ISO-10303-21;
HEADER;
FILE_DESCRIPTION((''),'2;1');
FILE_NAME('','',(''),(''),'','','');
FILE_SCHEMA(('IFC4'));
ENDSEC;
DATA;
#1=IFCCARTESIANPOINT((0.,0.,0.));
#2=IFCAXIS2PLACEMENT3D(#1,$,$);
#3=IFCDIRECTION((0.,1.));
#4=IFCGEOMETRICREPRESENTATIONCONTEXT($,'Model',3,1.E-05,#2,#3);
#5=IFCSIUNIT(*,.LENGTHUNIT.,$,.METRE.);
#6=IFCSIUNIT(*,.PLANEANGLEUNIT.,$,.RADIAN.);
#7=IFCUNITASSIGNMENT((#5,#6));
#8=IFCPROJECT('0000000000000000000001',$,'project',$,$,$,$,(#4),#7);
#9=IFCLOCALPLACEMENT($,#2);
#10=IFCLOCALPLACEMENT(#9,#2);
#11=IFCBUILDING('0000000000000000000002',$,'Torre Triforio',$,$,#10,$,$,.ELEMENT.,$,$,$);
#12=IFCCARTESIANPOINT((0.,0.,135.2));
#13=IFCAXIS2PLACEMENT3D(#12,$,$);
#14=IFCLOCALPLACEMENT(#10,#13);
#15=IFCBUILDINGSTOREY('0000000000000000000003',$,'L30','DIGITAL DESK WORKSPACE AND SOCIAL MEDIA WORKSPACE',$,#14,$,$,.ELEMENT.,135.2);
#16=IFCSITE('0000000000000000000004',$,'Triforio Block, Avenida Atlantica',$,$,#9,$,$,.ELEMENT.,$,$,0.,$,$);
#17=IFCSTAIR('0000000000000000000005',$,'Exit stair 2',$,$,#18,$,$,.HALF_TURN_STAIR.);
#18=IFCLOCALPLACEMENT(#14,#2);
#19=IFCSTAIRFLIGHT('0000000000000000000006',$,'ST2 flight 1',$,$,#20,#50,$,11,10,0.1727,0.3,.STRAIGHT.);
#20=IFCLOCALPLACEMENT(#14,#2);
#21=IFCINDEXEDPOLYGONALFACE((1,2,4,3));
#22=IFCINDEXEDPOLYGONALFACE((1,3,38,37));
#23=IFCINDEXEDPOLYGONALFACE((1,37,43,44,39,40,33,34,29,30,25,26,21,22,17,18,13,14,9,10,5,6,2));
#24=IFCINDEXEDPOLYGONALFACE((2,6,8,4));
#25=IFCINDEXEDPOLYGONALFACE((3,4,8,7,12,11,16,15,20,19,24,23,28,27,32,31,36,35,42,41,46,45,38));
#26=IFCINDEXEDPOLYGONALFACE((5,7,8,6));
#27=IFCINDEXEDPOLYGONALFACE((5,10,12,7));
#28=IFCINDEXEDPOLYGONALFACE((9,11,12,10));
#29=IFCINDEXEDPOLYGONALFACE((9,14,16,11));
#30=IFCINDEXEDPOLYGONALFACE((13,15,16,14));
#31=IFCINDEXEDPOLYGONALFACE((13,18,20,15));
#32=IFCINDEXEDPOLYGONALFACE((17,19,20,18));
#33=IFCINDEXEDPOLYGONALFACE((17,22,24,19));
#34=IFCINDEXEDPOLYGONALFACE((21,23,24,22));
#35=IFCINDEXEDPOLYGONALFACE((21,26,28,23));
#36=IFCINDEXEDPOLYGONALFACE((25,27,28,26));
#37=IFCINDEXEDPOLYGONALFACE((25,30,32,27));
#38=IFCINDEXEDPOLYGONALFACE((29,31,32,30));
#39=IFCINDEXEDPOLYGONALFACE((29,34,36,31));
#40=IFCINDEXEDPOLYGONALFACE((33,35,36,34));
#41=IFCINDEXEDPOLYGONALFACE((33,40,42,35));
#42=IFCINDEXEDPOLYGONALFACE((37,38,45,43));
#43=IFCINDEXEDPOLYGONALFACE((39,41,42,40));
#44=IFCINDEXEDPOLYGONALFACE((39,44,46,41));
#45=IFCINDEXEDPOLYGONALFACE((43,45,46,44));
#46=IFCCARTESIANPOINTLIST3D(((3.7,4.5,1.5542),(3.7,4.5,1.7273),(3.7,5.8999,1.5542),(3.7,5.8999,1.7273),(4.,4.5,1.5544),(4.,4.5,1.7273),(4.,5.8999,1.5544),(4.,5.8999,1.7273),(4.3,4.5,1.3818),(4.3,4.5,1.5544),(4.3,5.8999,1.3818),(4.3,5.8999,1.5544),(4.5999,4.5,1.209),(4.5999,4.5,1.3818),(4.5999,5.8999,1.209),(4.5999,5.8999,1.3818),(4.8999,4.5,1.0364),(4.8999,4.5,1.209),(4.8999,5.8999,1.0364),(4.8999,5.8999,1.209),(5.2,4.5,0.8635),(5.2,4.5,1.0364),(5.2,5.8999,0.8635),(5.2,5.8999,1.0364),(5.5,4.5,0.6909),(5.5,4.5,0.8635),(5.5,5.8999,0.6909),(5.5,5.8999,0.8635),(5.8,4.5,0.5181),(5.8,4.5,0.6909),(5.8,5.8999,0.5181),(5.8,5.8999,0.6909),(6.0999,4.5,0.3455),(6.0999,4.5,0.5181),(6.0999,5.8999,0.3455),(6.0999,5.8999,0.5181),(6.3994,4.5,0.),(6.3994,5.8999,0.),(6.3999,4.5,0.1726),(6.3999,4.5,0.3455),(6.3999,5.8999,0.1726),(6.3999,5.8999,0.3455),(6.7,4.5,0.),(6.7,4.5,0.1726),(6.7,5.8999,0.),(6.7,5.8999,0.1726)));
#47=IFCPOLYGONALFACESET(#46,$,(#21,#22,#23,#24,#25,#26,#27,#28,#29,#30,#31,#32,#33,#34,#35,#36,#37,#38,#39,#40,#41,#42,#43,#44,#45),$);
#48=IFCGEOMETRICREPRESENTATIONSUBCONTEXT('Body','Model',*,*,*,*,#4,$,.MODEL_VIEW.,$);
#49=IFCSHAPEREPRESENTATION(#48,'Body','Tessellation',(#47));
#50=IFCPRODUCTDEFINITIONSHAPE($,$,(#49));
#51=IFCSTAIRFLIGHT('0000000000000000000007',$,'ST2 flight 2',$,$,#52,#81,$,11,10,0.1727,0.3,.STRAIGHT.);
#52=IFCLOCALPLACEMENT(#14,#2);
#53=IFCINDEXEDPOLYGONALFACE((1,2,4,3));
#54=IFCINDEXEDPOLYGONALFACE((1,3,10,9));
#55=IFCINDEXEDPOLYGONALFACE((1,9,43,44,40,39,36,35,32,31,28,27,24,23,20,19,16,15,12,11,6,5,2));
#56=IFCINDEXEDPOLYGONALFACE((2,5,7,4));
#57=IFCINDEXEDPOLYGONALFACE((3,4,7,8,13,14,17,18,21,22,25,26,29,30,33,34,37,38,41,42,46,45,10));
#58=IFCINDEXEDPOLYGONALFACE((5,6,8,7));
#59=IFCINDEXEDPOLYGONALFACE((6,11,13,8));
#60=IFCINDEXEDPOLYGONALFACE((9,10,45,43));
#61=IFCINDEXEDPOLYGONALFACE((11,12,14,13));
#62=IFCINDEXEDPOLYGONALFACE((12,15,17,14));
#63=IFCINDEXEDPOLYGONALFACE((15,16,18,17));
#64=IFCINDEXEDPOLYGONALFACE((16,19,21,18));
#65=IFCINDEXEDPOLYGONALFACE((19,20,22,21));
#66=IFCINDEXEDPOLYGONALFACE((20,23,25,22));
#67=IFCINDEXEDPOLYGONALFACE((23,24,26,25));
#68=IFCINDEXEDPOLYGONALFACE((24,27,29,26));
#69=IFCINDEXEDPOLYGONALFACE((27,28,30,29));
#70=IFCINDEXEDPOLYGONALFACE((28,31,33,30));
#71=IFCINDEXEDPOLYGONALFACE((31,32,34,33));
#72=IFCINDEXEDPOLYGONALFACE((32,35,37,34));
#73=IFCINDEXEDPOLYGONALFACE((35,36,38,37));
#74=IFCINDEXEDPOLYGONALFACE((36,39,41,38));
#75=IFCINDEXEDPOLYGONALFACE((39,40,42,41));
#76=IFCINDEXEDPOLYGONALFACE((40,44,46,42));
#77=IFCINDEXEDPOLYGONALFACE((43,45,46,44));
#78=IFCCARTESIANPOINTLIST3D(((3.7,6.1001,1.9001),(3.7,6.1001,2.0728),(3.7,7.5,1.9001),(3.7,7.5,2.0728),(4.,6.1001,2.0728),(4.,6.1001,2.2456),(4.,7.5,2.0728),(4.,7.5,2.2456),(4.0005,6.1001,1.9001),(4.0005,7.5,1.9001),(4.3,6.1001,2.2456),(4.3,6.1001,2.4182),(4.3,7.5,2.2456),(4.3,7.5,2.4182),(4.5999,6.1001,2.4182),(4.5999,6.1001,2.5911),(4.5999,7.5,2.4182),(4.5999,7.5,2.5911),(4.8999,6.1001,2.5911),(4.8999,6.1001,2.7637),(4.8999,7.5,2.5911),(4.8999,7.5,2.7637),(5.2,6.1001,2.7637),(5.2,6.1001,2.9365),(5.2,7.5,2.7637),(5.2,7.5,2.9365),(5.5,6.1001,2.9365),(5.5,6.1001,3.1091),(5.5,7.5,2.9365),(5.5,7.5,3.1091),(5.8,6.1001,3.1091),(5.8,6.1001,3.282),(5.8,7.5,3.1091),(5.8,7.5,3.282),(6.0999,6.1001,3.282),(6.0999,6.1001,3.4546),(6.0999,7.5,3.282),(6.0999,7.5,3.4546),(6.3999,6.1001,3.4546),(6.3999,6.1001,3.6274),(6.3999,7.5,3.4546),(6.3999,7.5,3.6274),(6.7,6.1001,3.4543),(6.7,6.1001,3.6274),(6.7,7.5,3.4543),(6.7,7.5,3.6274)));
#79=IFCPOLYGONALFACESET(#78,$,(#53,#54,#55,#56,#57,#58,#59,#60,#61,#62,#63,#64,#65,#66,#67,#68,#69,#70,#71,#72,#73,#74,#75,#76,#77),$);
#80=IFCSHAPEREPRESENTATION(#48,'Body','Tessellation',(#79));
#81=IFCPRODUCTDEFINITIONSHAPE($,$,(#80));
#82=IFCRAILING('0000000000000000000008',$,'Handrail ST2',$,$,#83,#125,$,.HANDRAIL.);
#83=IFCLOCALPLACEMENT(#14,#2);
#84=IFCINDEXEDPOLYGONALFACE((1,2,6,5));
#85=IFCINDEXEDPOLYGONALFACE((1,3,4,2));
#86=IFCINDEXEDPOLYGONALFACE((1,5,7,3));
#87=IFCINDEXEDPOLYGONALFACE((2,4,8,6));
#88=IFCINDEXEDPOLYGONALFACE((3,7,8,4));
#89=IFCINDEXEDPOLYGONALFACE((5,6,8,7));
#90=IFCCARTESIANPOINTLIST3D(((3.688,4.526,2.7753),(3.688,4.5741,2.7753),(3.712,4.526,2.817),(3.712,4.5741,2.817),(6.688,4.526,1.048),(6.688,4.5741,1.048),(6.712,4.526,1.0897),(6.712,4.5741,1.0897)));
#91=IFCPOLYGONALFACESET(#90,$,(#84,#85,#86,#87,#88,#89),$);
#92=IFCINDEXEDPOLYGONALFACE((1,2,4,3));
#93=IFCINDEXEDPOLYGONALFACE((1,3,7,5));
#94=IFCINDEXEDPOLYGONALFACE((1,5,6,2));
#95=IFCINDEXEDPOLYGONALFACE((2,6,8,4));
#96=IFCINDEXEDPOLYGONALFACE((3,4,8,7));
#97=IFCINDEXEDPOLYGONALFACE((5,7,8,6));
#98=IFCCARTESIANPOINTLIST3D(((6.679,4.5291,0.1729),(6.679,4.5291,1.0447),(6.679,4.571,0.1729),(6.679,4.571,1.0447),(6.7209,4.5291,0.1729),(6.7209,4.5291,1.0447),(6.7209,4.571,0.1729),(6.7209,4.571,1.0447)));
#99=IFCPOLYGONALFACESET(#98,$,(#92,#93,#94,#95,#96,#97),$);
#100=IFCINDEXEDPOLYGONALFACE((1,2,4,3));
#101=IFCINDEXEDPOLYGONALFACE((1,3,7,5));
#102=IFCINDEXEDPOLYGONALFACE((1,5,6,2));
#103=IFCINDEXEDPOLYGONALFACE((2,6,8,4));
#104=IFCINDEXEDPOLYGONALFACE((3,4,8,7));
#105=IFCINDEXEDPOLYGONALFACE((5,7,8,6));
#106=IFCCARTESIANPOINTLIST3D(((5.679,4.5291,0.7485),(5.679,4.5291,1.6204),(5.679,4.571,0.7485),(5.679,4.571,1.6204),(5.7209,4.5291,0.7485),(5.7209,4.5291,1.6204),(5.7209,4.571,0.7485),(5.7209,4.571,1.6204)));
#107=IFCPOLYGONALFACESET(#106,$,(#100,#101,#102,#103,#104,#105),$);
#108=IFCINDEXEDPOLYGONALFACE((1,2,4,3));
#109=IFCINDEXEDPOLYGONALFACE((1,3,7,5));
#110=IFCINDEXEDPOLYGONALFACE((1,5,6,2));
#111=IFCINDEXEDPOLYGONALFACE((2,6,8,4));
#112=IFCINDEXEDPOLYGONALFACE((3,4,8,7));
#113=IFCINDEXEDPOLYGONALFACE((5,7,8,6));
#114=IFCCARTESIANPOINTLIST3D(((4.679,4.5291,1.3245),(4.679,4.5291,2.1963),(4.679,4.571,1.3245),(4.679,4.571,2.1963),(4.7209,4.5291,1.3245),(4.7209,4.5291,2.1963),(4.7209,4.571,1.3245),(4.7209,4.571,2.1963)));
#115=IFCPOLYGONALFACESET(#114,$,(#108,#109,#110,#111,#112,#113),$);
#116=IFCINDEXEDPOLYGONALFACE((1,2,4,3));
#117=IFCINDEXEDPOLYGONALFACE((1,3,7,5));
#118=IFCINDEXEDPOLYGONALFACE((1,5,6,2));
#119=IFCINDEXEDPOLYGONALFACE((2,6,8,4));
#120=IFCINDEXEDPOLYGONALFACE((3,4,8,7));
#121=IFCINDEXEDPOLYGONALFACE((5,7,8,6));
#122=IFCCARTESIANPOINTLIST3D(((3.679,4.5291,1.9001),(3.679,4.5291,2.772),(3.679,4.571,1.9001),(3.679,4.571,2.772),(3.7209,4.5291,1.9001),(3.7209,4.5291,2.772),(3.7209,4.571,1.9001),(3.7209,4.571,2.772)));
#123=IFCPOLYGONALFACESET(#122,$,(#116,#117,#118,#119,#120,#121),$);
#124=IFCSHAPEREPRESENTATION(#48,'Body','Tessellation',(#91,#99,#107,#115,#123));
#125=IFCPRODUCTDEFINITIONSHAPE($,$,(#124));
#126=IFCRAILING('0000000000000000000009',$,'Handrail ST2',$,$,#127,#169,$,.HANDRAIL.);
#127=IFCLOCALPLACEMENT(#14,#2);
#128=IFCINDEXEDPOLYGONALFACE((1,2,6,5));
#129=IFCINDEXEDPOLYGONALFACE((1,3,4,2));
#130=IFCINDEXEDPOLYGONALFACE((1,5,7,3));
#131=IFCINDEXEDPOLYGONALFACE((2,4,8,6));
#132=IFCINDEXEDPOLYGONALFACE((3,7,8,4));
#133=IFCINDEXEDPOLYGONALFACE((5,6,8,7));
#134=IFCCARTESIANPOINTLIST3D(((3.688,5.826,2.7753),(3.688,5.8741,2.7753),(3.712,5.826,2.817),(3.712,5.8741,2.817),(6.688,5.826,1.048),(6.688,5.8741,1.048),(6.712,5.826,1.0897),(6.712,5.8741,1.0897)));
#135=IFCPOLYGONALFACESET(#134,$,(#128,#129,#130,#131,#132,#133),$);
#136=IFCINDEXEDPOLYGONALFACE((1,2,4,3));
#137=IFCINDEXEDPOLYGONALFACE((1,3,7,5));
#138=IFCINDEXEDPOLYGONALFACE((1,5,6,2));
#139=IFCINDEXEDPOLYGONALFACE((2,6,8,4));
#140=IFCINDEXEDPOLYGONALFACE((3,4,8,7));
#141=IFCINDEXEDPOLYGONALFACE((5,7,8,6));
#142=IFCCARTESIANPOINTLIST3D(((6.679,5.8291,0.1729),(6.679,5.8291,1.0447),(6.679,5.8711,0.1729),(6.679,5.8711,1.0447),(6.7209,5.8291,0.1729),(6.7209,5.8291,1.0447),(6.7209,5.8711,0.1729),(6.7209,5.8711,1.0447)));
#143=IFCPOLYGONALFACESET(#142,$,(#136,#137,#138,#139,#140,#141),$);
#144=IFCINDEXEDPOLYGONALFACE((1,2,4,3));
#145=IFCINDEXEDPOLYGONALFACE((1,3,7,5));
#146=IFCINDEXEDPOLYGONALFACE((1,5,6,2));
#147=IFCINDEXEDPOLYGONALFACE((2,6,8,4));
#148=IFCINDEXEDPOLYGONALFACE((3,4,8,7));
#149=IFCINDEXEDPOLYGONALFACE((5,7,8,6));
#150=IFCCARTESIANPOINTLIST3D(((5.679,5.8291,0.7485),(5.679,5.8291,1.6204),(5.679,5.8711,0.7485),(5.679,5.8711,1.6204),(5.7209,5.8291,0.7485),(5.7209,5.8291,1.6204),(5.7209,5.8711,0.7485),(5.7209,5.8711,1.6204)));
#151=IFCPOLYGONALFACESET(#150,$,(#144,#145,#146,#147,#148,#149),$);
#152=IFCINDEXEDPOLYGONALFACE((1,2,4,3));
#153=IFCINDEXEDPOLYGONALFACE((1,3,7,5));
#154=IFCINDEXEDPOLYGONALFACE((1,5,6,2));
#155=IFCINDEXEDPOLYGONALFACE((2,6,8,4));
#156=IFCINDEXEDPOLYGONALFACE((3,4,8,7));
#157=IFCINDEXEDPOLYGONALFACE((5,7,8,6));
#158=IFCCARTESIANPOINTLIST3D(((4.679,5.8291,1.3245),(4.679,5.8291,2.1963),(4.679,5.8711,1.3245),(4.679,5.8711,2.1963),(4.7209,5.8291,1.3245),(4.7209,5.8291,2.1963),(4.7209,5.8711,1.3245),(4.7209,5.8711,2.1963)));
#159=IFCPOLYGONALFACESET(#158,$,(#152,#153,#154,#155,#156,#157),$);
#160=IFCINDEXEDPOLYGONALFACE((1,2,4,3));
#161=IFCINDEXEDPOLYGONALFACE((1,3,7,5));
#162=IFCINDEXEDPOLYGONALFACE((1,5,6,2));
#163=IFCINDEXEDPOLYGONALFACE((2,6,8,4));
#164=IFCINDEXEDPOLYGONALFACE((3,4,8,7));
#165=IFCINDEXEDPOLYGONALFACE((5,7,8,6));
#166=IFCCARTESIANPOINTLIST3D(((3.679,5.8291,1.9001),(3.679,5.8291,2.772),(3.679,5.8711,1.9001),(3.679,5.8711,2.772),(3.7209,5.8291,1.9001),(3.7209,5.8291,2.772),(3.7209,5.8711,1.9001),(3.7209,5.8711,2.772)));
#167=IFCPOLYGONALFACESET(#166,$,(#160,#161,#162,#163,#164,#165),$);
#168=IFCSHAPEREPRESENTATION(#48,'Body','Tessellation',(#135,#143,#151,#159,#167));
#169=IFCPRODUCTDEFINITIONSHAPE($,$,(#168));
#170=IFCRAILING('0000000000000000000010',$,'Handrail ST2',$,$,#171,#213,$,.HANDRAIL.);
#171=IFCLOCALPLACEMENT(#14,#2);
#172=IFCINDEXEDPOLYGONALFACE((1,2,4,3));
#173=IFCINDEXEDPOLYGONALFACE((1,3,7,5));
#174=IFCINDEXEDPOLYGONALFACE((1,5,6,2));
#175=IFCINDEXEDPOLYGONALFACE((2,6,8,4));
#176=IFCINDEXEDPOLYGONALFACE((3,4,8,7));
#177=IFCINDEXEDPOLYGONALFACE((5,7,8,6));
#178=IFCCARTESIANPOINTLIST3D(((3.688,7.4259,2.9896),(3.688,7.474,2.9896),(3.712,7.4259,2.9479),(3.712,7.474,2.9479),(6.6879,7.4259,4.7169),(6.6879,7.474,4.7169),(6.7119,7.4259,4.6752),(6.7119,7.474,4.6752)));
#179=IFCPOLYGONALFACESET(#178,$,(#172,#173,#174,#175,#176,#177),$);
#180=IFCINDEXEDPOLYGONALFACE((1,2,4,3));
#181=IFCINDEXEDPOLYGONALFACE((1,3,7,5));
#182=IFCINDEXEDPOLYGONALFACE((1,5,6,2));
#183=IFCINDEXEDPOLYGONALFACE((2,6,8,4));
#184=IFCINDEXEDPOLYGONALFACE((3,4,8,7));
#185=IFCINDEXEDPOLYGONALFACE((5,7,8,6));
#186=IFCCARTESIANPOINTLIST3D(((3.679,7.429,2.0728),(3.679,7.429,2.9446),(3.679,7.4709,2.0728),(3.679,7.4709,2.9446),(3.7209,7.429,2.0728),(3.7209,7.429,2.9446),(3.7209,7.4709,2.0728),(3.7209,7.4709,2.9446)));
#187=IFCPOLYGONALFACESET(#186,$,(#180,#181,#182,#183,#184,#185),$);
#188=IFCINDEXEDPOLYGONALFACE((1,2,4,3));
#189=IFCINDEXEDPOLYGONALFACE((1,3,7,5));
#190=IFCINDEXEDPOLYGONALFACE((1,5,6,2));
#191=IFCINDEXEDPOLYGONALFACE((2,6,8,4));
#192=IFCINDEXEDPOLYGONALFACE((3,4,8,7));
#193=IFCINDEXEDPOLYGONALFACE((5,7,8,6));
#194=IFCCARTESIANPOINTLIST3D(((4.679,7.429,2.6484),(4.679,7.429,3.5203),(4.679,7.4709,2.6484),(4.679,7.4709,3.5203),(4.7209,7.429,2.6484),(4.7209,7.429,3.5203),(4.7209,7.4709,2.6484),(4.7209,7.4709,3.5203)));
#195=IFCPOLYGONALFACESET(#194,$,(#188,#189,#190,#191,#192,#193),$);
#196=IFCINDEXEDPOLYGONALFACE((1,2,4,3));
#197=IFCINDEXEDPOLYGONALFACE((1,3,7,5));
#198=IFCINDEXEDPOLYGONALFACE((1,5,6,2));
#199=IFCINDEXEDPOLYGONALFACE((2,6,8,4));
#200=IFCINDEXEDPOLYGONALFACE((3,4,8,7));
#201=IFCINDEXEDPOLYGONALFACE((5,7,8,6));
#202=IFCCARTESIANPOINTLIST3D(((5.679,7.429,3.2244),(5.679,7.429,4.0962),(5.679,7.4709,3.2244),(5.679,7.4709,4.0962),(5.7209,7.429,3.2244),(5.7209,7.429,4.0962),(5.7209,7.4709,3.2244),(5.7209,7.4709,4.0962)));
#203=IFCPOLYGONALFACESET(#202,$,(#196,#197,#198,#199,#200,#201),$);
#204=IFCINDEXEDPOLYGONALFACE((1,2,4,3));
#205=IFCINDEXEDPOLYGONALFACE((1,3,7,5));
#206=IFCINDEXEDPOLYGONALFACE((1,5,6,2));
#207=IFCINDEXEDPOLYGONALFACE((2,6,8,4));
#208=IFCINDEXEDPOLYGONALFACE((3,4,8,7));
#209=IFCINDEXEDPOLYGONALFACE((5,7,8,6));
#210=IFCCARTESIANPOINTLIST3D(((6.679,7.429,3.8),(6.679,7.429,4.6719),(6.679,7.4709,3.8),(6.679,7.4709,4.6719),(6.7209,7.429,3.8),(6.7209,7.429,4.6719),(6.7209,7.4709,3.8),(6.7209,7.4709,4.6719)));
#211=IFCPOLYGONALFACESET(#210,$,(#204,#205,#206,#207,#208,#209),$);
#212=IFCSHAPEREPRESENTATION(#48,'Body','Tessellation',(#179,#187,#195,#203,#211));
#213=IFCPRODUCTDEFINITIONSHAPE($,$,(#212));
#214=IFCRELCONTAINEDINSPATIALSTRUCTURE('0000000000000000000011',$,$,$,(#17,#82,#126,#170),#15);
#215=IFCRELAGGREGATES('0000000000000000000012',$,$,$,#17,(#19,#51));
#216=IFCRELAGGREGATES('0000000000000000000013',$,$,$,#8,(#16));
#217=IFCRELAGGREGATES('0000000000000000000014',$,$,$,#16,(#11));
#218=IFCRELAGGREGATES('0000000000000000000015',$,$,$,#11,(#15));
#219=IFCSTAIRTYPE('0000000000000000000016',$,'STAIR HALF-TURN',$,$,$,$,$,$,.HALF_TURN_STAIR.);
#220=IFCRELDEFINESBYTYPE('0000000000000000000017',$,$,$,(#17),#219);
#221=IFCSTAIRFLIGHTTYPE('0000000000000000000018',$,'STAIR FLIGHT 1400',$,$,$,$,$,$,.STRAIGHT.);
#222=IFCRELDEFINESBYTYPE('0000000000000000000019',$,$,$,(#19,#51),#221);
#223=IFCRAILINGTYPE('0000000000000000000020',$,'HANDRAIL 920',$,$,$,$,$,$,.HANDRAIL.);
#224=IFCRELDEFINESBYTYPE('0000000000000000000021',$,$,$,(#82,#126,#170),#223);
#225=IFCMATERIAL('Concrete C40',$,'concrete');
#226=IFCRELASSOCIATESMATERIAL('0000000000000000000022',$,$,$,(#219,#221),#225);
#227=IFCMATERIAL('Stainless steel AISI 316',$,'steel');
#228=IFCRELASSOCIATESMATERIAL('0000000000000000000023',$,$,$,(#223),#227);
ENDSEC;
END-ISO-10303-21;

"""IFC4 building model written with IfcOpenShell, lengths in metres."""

from ifc_helpers import new_model, si_unit, direction, frame, origin, origin_2d, place, context, subcontext, project, spatial, polyline, rectangle, outline, extrude, material, type_object, element, aggregate, save


model = new_model("IFC4")

# Units and contexts
model_context = context("Model", 3, precision=1e-05, world=origin(), true_north=direction((0.0, 1.0)))
body_context = subcontext(model_context, "Body", "Model", "MODEL_VIEW")
ifc_project = project(units=[si_unit("LENGTHUNIT", "METRE"), si_unit("PLANEANGLEUNIT", "RADIAN")], contexts=[model_context])

# Site, building, storey
site_placement = place(None, origin())
site = spatial("IfcSite", under=ifc_project, at=site_placement, Name="Triforio Block, Avenida Atlantica", CompositionType="ELEMENT", RefElevation=0.0)
building_placement = place(site_placement, origin())
building = spatial("IfcBuilding", under=site, at=building_placement, Name="Torre Triforio", CompositionType="ELEMENT")
storey_placement = place(building_placement, frame((0.0, 0.0, 135.2)))
storey = spatial("IfcBuildingStorey", under=building, at=storey_placement, Name="L30", Description="DIGITAL DESK WORKSPACE AND SOCIAL MEDIA WORKSPACE", CompositionType="ELEMENT", Elevation=135.2)

# Stair, stair flights
ifc_material_1 = material(Name="Concrete C40", Category="concrete")
stair_type = type_object("IfcStairType", Name="STAIR HALF-TURN", PredefinedType="HALF_TURN_STAIR", material=ifc_material_1)
stair_placement = place(storey_placement, origin())
stair = element("IfcStair", 1, at=stair_placement, inside=storey, type_object=stair_type, Name="Exit stair 2", PredefinedType="HALF_TURN_STAIR")
stair_flight_type = type_object("IfcStairFlightType", Name="STAIR FLIGHT 1400", PredefinedType="STRAIGHT", material=ifc_material_1)
stair_flight_1_placement = place(storey_placement, frame((6.7, 5.2, 0.0), z_axis=(0.0, 0.0, 1.0), x_axis=(-1.0, 0.0, 0.0)))
stair_flight_1 = element("IfcStairFlight", 2, at=stair_flight_1_placement, type_object=stair_flight_type, Name="ST2 flight 1", NumberOfRisers=11, NumberOfTreads=10, PredefinedType="STRAIGHT", RiserHeight=0.1727, TreadLength=0.3, context=body_context, shape_type="SweptSolid", body=[
    extrude(outline(polyline([(0.0, 0.0), (0.0, 0.1726), (0.3, 0.1726), (0.3, 0.3455), (0.6001, 0.3455), (0.6001, 0.5181), (0.8999, 0.5181), (0.8999, 0.6909), (1.2, 0.6909), (1.2, 0.8635), (1.5, 0.8635), (1.5, 1.0364), (1.8, 1.0364), (1.8, 1.209), (2.1001, 1.209), (2.1001, 1.3818), (2.3999, 1.3818), (2.3999, 1.5544), (2.7, 1.5544), (2.7, 1.7273), (3.0, 1.7273), (3.0, 1.8999), (3.0, 1.5542), (0.3005, 0.0), (0.0, 0.0)])), frame((0.0, 0.7, 0.0), z_axis=(0.0, -1.0, 0.0), x_axis=(1.0, 0.0, 0.0)), (0.0, 0.0, 1.0), 1.3999),
])
stair_flight_2_placement = place(storey_placement, frame((3.7, 6.8, 1.9001), z_axis=(0.0, 0.0, 1.0), x_axis=(1.0, 0.0, 0.0)))
stair_flight_2 = element("IfcStairFlight", 3, at=stair_flight_2_placement, type_object=stair_flight_type, Name="ST2 flight 2", NumberOfRisers=11, NumberOfTreads=10, PredefinedType="STRAIGHT", RiserHeight=0.1727, TreadLength=0.3, context=body_context, shape_type="SweptSolid", body=[
    extrude(outline(polyline([(0.0, 0.0), (0.0, 0.1726), (0.3, 0.1726), (0.3, 0.3455), (0.6001, 0.3455), (0.6001, 0.5181), (0.8999, 0.5181), (0.8999, 0.6909), (1.2, 0.6909), (1.2, 0.8635), (1.5, 0.8635), (1.5, 1.0364), (1.8, 1.0364), (1.8, 1.209), (2.1001, 1.209), (2.1001, 1.3818), (2.3999, 1.3818), (2.3999, 1.5544), (2.7, 1.5544), (2.7, 1.7273), (3.0, 1.7273), (3.0, 1.8999), (3.0, 1.5542), (0.3005, 0.0), (0.0, 0.0)])), frame((0.0, 0.7, 0.0), z_axis=(0.0, -1.0, 0.0), x_axis=(1.0, 0.0, 0.0)), (0.0, 0.0, 1.0), 1.3999),
])
aggregate(stair, [stair_flight_1, stair_flight_2])

# Railings
ifc_material_2 = material(Name="Stainless steel AISI 316", Category="steel")
railing_type = type_object("IfcRailingType", Name="HANDRAIL 920", PredefinedType="HANDRAIL", material=ifc_material_2)
for number, where, name in (
    (4, (6.7, 4.55, 0.1729), "Handrail ST2"),
    (5, (6.7, 5.8501, 0.1729), "Handrail ST2"),
):
    element("IfcRailing", number, at=place(storey_placement, frame(where)), inside=storey, type_object=railing_type, Name=name, PredefinedType="HANDRAIL", context=body_context, shape_type="SweptSolid", body=[
        extrude(rectangle(XDim=0.0481, YDim=0.0481, at=origin_2d()), frame((0.0, 0.0, 0.896), z_axis=(-0.86662, 0.0, 0.498969), x_axis=(0.0, -1.0, 0.0)), (0.0, 0.0, 1.0), 3.4617),
        extrude(rectangle(XDim=0.042, YDim=0.042, at=origin_2d()), origin(), (0.0, 0.0, 1.0), 0.8718),
        extrude(rectangle(XDim=0.042, YDim=0.042, at=origin_2d()), frame((-1.0, 0.0, 0.5757)), (0.0, 0.0, 1.0), 0.8718),
        extrude(rectangle(XDim=0.042, YDim=0.042, at=origin_2d()), frame((-2.0, 0.0, 1.1516)), (0.0, 0.0, 1.0), 0.8718),
        extrude(rectangle(XDim=0.042, YDim=0.042, at=origin_2d()), frame((-3.0, 0.0, 1.7273)), (0.0, 0.0, 1.0), 0.8718),
    ])
for number, where, name in (
    (6, (3.7, 7.45, 2.0728), "Handrail ST2"),
):
    element("IfcRailing", number, at=place(storey_placement, frame(where)), inside=storey, type_object=railing_type, Name=name, PredefinedType="HANDRAIL", context=body_context, shape_type="SweptSolid", body=[
        extrude(rectangle(XDim=0.0481, YDim=0.0481, at=origin_2d()), frame((0.0, 0.0, 0.896), z_axis=(0.86662, 0.0, 0.498969), x_axis=(0.0, 1.0, 0.0)), (0.0, 0.0, 1.0), 3.4617),
        extrude(rectangle(XDim=0.042, YDim=0.042, at=origin_2d()), origin(), (0.0, 0.0, 1.0), 0.8718),
        extrude(rectangle(XDim=0.042, YDim=0.042, at=origin_2d()), frame((1.0, 0.0, 0.5757)), (0.0, 0.0, 1.0), 0.8718),
        extrude(rectangle(XDim=0.042, YDim=0.042, at=origin_2d()), frame((2.0, 0.0, 1.1516)), (0.0, 0.0, 1.0), 0.8718),
        extrude(rectangle(XDim=0.042, YDim=0.042, at=origin_2d()), frame((3.0, 0.0, 1.7273)), (0.0, 0.0, 1.0), 0.8718),
    ])

save(model, "model.ifc")
